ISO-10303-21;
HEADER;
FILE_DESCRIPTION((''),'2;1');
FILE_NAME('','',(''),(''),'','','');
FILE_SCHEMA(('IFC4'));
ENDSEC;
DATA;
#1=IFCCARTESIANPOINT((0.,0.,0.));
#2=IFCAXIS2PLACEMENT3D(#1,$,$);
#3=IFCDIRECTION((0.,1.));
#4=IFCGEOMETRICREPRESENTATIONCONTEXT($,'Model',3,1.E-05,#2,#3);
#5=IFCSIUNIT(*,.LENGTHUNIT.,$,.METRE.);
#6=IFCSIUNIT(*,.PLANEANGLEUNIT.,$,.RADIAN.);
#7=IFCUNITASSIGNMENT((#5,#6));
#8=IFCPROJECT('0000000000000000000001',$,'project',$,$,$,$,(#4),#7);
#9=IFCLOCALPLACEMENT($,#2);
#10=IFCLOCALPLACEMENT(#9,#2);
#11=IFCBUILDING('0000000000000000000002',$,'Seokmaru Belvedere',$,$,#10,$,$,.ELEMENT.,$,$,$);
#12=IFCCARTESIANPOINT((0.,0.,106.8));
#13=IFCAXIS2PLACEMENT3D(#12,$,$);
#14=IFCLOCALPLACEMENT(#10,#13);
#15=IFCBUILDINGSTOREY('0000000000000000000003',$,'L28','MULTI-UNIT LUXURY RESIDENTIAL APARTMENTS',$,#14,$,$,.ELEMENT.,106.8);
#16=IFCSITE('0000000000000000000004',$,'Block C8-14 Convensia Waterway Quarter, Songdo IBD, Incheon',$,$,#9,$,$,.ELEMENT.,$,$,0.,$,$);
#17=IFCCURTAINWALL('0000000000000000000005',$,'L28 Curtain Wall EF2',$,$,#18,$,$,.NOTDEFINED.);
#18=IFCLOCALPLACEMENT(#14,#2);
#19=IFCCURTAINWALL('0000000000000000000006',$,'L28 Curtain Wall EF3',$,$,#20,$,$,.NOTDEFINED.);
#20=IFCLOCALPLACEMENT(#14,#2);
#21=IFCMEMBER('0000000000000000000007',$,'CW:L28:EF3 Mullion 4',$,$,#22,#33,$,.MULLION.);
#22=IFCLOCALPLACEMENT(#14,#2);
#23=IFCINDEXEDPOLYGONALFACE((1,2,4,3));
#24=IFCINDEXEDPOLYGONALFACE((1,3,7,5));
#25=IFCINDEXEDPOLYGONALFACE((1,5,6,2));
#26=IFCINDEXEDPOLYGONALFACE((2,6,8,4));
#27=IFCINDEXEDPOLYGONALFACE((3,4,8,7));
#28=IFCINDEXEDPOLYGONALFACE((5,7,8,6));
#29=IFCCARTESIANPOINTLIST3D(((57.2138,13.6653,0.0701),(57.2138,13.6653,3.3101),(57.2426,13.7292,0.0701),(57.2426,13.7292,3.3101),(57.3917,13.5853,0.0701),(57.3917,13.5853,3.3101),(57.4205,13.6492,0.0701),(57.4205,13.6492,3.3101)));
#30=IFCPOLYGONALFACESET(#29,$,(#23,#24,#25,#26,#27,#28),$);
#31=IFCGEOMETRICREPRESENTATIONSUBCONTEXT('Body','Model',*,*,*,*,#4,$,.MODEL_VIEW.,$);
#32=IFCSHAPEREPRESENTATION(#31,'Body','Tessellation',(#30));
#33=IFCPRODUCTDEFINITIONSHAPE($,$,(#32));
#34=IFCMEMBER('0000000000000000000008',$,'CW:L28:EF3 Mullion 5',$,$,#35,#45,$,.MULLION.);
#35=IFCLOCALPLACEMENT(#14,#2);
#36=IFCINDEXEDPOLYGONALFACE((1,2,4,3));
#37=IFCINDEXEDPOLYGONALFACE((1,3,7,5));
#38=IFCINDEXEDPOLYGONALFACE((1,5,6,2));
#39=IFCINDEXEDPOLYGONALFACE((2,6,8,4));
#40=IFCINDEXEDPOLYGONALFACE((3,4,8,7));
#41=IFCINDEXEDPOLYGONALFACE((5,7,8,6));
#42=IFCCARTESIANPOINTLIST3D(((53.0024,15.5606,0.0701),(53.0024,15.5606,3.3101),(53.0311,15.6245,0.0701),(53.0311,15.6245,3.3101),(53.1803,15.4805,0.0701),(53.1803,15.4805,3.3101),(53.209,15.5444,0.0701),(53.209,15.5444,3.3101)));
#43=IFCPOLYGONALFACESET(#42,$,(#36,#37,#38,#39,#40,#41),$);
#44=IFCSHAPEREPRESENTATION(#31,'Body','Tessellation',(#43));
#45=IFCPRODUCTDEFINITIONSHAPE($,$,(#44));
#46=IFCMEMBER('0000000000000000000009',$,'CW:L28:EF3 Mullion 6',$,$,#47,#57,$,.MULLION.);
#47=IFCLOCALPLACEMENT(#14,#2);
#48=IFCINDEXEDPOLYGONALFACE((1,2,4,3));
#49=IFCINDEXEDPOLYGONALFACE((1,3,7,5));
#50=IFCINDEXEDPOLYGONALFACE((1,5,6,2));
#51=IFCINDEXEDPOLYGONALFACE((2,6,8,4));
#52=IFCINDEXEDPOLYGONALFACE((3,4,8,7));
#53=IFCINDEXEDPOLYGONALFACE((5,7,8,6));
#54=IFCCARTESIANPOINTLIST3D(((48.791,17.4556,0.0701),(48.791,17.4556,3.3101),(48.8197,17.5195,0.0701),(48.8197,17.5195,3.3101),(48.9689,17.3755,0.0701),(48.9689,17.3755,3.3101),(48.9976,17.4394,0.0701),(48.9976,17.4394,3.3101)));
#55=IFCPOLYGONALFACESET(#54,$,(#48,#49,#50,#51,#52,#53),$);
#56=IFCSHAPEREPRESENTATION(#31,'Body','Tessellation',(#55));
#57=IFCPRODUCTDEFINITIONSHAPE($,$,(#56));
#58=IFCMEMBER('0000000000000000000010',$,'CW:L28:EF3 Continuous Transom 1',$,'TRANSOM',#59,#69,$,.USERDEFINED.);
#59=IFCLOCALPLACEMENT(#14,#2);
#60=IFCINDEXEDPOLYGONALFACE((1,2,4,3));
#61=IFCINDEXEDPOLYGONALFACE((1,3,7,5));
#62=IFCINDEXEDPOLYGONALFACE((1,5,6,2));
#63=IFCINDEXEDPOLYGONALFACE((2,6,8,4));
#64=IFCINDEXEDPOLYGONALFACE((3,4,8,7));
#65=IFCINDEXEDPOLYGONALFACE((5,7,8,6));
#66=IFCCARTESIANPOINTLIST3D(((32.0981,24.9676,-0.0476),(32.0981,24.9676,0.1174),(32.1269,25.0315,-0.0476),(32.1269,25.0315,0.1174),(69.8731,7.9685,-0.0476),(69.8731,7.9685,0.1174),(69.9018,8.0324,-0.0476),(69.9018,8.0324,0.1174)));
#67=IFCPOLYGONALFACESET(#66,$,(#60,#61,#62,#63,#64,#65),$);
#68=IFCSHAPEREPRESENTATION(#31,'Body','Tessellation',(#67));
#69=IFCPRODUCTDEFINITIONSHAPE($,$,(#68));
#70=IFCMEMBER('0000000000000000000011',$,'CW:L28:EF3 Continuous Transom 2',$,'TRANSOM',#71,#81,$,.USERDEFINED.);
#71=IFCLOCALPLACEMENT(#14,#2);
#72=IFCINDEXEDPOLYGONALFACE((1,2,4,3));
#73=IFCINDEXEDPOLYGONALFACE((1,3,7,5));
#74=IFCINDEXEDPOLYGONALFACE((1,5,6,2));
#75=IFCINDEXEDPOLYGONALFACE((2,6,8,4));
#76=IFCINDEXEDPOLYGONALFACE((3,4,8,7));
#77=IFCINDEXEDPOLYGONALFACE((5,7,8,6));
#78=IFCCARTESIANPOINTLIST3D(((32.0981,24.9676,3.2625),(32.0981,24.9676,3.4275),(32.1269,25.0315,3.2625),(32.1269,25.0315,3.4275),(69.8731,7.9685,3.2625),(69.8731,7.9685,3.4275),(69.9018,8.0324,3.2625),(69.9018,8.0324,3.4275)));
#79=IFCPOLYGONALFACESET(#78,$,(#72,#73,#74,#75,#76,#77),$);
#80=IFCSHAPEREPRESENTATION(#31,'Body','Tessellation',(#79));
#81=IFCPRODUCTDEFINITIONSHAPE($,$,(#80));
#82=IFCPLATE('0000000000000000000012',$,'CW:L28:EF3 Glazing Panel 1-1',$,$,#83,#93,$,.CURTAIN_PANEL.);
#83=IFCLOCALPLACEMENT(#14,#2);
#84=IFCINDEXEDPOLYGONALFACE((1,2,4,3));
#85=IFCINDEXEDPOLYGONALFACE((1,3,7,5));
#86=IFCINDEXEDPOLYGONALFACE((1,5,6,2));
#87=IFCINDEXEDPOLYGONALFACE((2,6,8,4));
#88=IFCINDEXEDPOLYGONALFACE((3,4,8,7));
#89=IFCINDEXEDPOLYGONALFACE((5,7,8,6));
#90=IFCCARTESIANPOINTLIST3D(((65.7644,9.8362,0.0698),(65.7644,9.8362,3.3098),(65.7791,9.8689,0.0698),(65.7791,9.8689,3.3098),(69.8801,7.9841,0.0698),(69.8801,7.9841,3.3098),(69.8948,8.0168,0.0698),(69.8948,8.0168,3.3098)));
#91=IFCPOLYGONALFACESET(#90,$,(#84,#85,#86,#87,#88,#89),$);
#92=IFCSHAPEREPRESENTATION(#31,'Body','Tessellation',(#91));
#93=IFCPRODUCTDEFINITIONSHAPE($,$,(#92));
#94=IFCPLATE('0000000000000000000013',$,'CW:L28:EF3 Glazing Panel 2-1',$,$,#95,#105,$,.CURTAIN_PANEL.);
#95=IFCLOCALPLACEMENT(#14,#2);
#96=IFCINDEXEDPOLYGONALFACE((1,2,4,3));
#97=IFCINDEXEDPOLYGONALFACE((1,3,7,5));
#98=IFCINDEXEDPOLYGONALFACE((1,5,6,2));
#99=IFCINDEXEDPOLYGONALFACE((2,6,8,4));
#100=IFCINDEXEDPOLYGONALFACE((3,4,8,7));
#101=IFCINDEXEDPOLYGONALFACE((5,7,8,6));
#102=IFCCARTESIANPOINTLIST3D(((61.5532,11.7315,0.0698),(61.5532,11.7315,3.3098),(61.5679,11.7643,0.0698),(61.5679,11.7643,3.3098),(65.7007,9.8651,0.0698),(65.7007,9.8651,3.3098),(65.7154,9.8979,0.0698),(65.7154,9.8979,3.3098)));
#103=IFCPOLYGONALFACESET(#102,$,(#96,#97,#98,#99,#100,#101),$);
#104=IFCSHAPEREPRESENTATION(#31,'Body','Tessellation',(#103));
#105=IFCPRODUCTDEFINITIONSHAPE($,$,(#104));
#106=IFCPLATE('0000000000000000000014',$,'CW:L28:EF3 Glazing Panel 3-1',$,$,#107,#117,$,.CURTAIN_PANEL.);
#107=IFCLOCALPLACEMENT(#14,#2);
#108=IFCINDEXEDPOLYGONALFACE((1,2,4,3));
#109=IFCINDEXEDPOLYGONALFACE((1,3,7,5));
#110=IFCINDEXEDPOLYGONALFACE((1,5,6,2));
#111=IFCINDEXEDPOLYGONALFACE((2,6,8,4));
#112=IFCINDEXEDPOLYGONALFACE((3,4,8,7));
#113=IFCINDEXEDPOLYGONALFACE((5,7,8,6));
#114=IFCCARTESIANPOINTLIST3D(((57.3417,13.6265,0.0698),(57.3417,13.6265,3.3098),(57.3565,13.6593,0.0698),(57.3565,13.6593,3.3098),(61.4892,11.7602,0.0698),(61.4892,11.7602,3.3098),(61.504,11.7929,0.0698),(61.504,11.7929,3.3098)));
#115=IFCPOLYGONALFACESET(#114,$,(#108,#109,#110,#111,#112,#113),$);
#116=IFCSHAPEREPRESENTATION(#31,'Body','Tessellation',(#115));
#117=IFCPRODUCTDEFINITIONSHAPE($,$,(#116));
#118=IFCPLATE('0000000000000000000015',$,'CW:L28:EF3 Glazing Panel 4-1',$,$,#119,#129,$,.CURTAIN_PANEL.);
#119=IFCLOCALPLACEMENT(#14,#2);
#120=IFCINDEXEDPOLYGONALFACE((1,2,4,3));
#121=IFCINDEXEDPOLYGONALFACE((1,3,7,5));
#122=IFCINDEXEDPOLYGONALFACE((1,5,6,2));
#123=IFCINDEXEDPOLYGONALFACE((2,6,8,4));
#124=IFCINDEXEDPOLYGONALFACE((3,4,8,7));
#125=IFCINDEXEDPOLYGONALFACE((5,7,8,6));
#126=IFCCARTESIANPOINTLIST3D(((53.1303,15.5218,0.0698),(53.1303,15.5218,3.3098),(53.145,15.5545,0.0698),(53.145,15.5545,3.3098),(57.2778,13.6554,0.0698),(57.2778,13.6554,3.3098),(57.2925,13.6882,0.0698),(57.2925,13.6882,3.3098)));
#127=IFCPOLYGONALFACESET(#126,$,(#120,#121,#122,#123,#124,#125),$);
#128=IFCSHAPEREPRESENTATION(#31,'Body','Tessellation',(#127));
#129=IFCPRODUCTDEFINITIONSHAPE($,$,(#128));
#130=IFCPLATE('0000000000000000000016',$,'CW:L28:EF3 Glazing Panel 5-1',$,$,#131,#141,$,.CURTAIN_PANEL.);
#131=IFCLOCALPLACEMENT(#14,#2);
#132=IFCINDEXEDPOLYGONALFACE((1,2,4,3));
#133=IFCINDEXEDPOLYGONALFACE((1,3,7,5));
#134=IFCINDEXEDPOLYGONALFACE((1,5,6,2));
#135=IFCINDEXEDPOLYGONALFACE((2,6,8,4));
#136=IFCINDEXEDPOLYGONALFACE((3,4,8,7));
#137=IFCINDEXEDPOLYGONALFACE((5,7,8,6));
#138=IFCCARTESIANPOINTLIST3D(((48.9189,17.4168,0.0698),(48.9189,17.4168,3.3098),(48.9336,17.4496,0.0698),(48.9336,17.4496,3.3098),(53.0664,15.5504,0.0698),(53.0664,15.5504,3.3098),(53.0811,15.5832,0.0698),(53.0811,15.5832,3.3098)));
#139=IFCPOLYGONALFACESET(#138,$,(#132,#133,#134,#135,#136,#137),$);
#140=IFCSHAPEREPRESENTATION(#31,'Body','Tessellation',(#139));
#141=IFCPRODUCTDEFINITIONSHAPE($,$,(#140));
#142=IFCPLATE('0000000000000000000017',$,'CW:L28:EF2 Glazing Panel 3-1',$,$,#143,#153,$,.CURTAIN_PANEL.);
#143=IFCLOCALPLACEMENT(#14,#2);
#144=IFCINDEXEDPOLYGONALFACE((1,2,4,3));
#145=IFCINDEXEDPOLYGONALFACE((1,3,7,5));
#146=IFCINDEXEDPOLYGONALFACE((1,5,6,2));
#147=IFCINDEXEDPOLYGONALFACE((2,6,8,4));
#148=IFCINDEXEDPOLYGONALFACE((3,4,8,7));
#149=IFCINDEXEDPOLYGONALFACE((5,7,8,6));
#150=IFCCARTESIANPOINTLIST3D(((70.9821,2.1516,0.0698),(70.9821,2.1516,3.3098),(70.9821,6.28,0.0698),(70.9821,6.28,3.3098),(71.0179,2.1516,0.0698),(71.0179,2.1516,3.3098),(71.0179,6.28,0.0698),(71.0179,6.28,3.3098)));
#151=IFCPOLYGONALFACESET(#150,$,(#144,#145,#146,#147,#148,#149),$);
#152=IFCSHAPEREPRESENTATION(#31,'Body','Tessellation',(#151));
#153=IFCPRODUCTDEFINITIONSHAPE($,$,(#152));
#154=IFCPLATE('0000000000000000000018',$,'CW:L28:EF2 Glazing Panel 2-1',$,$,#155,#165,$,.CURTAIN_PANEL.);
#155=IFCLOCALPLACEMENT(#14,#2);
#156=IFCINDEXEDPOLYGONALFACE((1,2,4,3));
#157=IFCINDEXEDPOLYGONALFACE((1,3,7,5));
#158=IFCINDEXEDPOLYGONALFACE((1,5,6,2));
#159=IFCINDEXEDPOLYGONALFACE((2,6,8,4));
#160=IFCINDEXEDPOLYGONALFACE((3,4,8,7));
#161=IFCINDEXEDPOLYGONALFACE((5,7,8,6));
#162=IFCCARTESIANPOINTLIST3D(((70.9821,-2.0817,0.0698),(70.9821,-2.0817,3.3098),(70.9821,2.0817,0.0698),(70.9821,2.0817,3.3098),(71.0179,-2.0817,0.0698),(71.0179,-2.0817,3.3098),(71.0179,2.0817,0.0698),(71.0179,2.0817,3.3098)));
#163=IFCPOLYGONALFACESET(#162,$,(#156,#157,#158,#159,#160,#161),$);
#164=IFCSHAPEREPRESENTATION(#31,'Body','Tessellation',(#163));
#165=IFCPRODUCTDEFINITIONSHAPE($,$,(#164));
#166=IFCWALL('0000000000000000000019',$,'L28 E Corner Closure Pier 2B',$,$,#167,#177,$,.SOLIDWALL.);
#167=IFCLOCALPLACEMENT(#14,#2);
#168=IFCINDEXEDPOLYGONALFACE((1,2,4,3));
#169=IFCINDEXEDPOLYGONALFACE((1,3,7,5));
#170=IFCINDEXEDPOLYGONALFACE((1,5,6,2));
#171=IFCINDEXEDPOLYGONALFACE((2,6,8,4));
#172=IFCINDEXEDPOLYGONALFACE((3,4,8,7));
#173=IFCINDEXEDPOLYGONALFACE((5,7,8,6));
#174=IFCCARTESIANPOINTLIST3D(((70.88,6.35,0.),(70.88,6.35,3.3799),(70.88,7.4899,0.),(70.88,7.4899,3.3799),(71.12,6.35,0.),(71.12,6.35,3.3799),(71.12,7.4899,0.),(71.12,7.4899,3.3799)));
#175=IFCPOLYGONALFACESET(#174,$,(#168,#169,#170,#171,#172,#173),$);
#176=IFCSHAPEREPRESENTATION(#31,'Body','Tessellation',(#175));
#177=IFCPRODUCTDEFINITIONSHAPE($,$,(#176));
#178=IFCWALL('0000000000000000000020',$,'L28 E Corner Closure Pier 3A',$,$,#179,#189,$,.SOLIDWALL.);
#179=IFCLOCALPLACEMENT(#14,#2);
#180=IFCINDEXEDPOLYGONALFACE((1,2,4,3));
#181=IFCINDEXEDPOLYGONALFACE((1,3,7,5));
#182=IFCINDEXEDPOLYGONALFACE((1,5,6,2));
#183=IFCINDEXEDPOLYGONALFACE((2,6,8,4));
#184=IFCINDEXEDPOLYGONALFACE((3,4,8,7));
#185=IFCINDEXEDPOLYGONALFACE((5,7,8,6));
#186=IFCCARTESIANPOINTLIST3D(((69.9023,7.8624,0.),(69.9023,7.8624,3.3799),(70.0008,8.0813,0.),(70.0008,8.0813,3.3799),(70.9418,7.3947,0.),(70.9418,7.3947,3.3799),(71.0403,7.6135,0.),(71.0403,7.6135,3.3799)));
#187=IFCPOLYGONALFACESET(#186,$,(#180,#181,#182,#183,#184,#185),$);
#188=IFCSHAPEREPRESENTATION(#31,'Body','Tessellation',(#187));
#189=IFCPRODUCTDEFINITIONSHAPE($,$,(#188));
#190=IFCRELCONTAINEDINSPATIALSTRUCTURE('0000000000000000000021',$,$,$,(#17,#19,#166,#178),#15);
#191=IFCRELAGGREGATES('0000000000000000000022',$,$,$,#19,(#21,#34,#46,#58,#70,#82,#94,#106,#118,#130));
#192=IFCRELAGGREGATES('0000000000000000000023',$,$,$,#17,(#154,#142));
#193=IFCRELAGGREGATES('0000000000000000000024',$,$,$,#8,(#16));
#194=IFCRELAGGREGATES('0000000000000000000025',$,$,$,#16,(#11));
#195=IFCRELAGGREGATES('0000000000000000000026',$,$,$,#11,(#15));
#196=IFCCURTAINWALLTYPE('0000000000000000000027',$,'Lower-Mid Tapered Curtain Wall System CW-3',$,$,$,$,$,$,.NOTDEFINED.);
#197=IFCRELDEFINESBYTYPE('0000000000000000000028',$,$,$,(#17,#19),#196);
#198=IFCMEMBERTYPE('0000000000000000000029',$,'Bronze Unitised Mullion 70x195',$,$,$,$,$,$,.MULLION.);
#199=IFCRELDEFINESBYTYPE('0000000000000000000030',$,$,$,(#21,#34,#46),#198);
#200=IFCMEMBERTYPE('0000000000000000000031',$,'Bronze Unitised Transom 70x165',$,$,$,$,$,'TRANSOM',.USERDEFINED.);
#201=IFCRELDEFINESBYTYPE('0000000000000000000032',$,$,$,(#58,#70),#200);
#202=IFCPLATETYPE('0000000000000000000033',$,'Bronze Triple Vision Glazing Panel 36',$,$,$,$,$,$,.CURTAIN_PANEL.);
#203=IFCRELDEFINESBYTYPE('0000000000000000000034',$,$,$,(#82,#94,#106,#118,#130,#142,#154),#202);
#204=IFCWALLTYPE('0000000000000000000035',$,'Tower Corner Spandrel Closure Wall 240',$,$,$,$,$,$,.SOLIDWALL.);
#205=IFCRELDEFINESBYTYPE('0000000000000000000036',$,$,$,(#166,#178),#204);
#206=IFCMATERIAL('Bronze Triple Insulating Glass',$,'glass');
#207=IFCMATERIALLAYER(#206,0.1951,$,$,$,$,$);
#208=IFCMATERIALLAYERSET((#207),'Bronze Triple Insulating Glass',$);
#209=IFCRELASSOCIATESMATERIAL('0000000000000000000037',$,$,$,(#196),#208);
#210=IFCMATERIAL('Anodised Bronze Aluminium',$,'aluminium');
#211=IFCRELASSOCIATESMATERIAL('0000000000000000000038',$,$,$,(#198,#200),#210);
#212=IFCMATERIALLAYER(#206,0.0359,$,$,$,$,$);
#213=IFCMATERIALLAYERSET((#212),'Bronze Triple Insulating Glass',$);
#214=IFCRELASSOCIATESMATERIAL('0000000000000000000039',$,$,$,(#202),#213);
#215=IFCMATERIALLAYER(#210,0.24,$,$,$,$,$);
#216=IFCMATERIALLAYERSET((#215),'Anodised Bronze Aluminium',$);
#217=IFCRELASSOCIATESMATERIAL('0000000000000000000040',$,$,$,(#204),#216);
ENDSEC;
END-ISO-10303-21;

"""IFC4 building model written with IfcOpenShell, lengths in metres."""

from ifc_helpers import new_model, si_unit, direction, frame, frame_2d, origin, origin_2d, place, context, subcontext, project, spatial, rectangle, extrude, source, transform, mapped, material, layer, layer_set, material_profile, profile_set, type_object, type_shapes, element, aggregate, save


model = new_model("IFC4")

# Units and contexts
model_context = context("Model", 3, precision=1e-05, world=origin(), true_north=direction((0.0, 1.0)))
body_context = subcontext(model_context, "Body", "Model", "MODEL_VIEW")
ifc_project = project(units=[si_unit("LENGTHUNIT", "METRE"), si_unit("PLANEANGLEUNIT", "RADIAN")], contexts=[model_context])

# Site, building, storey
site_placement = place(None, origin())
site = spatial("IfcSite", under=ifc_project, at=site_placement, Name="Block C8-14 Convensia Waterway Quarter, Songdo IBD, Incheon", CompositionType="ELEMENT", RefElevation=0.0)
building_placement = place(site_placement, origin())
building = spatial("IfcBuilding", under=site, at=building_placement, Name="Seokmaru Belvedere", CompositionType="ELEMENT")
storey_placement = place(building_placement, frame((0.0, 0.0, 106.8)))
storey = spatial("IfcBuildingStorey", under=building, at=storey_placement, Name="L28", Description="MULTI-UNIT LUXURY RESIDENTIAL APARTMENTS", CompositionType="ELEMENT", Elevation=106.8)

# Curtain walls
ifc_material_1 = material(Name="Bronze Triple Insulating Glass", Category="glass")
ifc_layer_1 = layer(ifc_material_1, 0.1951)
ifc_layer_set_1 = layer_set([ifc_layer_1], Name="Bronze Triple Insulating Glass")
curtain_wall_type = type_object("IfcCurtainWallType", Name="Lower-Mid Tapered Curtain Wall System CW-3", PredefinedType="NOTDEFINED", material=ifc_layer_set_1)
curtain_wall_1_placement = place(storey_placement, origin())
curtain_wall_1 = element("IfcCurtainWall", 1, at=curtain_wall_1_placement, inside=storey, type_object=curtain_wall_type, Name="L28 Curtain Wall EF2", PredefinedType="NOTDEFINED")
ifc_material_2 = material(Name="Anodised Bronze Aluminium", Category="aluminium")
ifc_material_profile_1 = material_profile(ifc_material_2, rectangle(XDim=0.0701, YDim=0.1951, at=origin_2d()), Name="CW-M-70x195")
ifc_profile_set_1 = profile_set([ifc_material_profile_1], Name="Anodised Bronze Aluminium")
member_type_1 = type_object("IfcMemberType", Name="Bronze Unitised Mullion 70x195", PredefinedType="MULLION", material=ifc_profile_set_1)
curtain_wall_2_placement = place(storey_placement, origin())
curtain_wall_2 = element("IfcCurtainWall", 2, at=curtain_wall_2_placement, inside=storey, type_object=curtain_wall_type, Name="L28 Curtain Wall EF3", PredefinedType="NOTDEFINED")

# Members
shared_shape_1 = source(origin(), body_context, "Body", "SweptSolid", [
    extrude(rectangle(XDim=0.0701, YDim=0.1951, at=origin_2d()), origin(), (0.0, 0.0, 1.0), 3.24),
])
member_1_placement = place(storey_placement, frame((57.3171, 13.6572, 0.0701), z_axis=(0.0, 0.0, 1.0), x_axis=(-0.410366, -0.911921, 0.0)))
member_1 = element("IfcMember", 3, at=member_1_placement, type_object=member_type_1, Name="CW:L28:EF3 Mullion 4", PredefinedType="MULLION", context=body_context, shape_type="MappedRepresentation", body=[
    mapped(shared_shape_1, transform((0.0, 0.0, 0.0), scale=1.0)),
])
member_2_placement = place(storey_placement, frame((53.1057, 15.5525, 0.0701), z_axis=(0.0, 0.0, 1.0), x_axis=(-0.410366, -0.911921, 0.0)))
member_2 = element("IfcMember", 4, at=member_2_placement, type_object=member_type_1, Name="CW:L28:EF3 Mullion 5", PredefinedType="MULLION", context=body_context, shape_type="MappedRepresentation", body=[
    mapped(shared_shape_1, transform((0.0, 0.0, 0.0), scale=1.0)),
])
member_3_placement = place(storey_placement, frame((48.8943, 17.4475, 0.0701), z_axis=(0.0, 0.0, 1.0), x_axis=(-0.410366, -0.911921, 0.0)))
member_3 = element("IfcMember", 5, at=member_3_placement, type_object=member_type_1, Name="CW:L28:EF3 Mullion 6", PredefinedType="MULLION", context=body_context, shape_type="MappedRepresentation", body=[
    mapped(shared_shape_1, transform((0.0, 0.0, 0.0), scale=1.0)),
])
ifc_material_profile_2 = material_profile(ifc_material_2, rectangle(XDim=0.0701, YDim=0.165, at=origin_2d()), Name="CW-T-70x165")
ifc_profile_set_2 = profile_set([ifc_material_profile_2], Name="Anodised Bronze Aluminium")
member_type_2 = type_object("IfcMemberType", Name="Bronze Unitised Transom 70x165", ElementType="TRANSOM", PredefinedType="USERDEFINED", material=ifc_profile_set_2)
shared_shape_2 = source(origin(), body_context, "Body", "SweptSolid", [
    extrude(rectangle(XDim=0.0701, YDim=0.165, at=origin_2d()), origin(), (0.0, 0.0, 1.0), 41.4236),
])
type_shapes(member_type_2, [shared_shape_2])
member_4_placement = place(storey_placement, frame((69.8875, 8.0005, 0.0349), z_axis=(-0.911919, 0.410371, 0.0), x_axis=(-0.410371, -0.911919, 0.0)))
member_4 = element("IfcMember", 6, at=member_4_placement, type_object=member_type_2, Name="CW:L28:EF3 Continuous Transom 1", ObjectType="TRANSOM", PredefinedType="USERDEFINED", context=body_context, shape_type="MappedRepresentation", body=[
    mapped(shared_shape_2, transform((0.0, 0.0, 0.0), scale=1.0)),
])
member_5_placement = place(storey_placement, frame((69.8875, 8.0005, 3.345), z_axis=(-0.911919, 0.410371, 0.0), x_axis=(-0.410371, -0.911919, 0.0)))
member_5 = element("IfcMember", 7, at=member_5_placement, type_object=member_type_2, Name="CW:L28:EF3 Continuous Transom 2", ObjectType="TRANSOM", PredefinedType="USERDEFINED", context=body_context, shape_type="MappedRepresentation", body=[
    mapped(shared_shape_2, transform((0.0, 0.0, 0.0), scale=1.0)),
])

# Plates
ifc_layer_2 = layer(ifc_material_1, 0.0359)
ifc_layer_set_2 = layer_set([ifc_layer_2], Name="Bronze Triple Insulating Glass")
plate_type = type_object("IfcPlateType", Name="Bronze Triple Vision Glazing Panel 36", PredefinedType="CURTAIN_PANEL", material=ifc_layer_set_2)
shared_shape_3 = source(origin(), body_context, "Body", "SweptSolid", [
    extrude(rectangle(XDim=4.5132, YDim=0.0359, at=origin_2d()), origin(), (0.0, 0.0, 1.0), 3.24),
])
plate_1_placement = place(storey_placement, frame((67.8296, 8.9265, 0.0698), z_axis=(0.0, 0.0, 1.0), x_axis=(-0.911921, 0.410366, 0.0)))
plate_1 = element("IfcPlate", 8, at=plate_1_placement, type_object=plate_type, Name="CW:L28:EF3 Glazing Panel 1-1", PredefinedType="CURTAIN_PANEL", context=body_context, shape_type="MappedRepresentation", body=[
    mapped(shared_shape_3, transform((0.0, 0.0, 0.0), scale=1.0)),
])
shared_shape_4 = source(origin(), body_context, "Body", "SweptSolid", [
    extrude(rectangle(XDim=4.5481, YDim=0.0359, at=origin_2d()), origin(), (0.0, 0.0, 1.0), 3.24),
])
plate_2_placement = place(storey_placement, frame((63.6343, 10.8147, 0.0698), z_axis=(0.0, 0.0, 1.0), x_axis=(-0.911921, 0.410366, 0.0)))
plate_2 = element("IfcPlate", 9, at=plate_2_placement, type_object=plate_type, Name="CW:L28:EF3 Glazing Panel 2-1", PredefinedType="CURTAIN_PANEL", context=body_context, shape_type="MappedRepresentation", body=[
    mapped(shared_shape_4, transform((0.0, 0.0, 0.0), scale=1.0)),
])
plate_3_placement = place(storey_placement, frame((59.4229, 12.7097, 0.0698), z_axis=(0.0, 0.0, 1.0), x_axis=(-0.911921, 0.410366, 0.0)))
plate_3 = element("IfcPlate", 10, at=plate_3_placement, type_object=plate_type, Name="CW:L28:EF3 Glazing Panel 3-1", PredefinedType="CURTAIN_PANEL", context=body_context, shape_type="MappedRepresentation", body=[
    mapped(shared_shape_4, transform((0.0, 0.0, 0.0), scale=1.0)),
])
plate_4_placement = place(storey_placement, frame((55.2114, 14.605, 0.0698), z_axis=(0.0, 0.0, 1.0), x_axis=(-0.911921, 0.410366, 0.0)))
plate_4 = element("IfcPlate", 11, at=plate_4_placement, type_object=plate_type, Name="CW:L28:EF3 Glazing Panel 4-1", PredefinedType="CURTAIN_PANEL", context=body_context, shape_type="MappedRepresentation", body=[
    mapped(shared_shape_4, transform((0.0, 0.0, 0.0), scale=1.0)),
])
plate_5_placement = place(storey_placement, frame((51.0, 16.5, 0.0698), z_axis=(0.0, 0.0, 1.0), x_axis=(-0.911921, 0.410366, 0.0)))
plate_5 = element("IfcPlate", 12, at=plate_5_placement, type_object=plate_type, Name="CW:L28:EF3 Glazing Panel 5-1", PredefinedType="CURTAIN_PANEL", context=body_context, shape_type="MappedRepresentation", body=[
    mapped(shared_shape_4, transform((0.0, 0.0, 0.0), scale=1.0)),
])
aggregate(curtain_wall_2, [member_1, member_2, member_3, member_4, member_5, plate_1, plate_2, plate_3, plate_4, plate_5])
shared_shape_5 = source(origin(), body_context, "Body", "SweptSolid", [
    extrude(rectangle(XDim=4.1284, YDim=0.0359, at=origin_2d()), origin(), (0.0, 0.0, 1.0), 3.24),
])
plate_6_placement = place(storey_placement, frame((71.0, 4.2158, 0.0698), z_axis=(0.0, 0.0, 1.0), x_axis=(0.0, 1.0, 0.0)))
plate_6 = element("IfcPlate", 13, at=plate_6_placement, type_object=plate_type, Name="CW:L28:EF2 Glazing Panel 3-1", PredefinedType="CURTAIN_PANEL", context=body_context, shape_type="MappedRepresentation", body=[
    mapped(shared_shape_5, transform((0.0, 0.0, 0.0), scale=1.0)),
])
shared_shape_6 = source(origin(), body_context, "Body", "SweptSolid", [
    extrude(rectangle(XDim=4.1633, YDim=0.0359, at=origin_2d()), origin(), (0.0, 0.0, 1.0), 3.24),
])
type_shapes(plate_type, [shared_shape_3, shared_shape_4, shared_shape_5, shared_shape_6])
plate_7_placement = place(storey_placement, frame((71.0, 0.0, 0.0698), z_axis=(0.0, 0.0, 1.0), x_axis=(0.0, 1.0, 0.0)))
plate_7 = element("IfcPlate", 14, at=plate_7_placement, type_object=plate_type, Name="CW:L28:EF2 Glazing Panel 2-1", PredefinedType="CURTAIN_PANEL", context=body_context, shape_type="MappedRepresentation", body=[
    mapped(shared_shape_6, transform((0.0, 0.0, 0.0), scale=1.0)),
])
aggregate(curtain_wall_1, [plate_7, plate_6])

# Walls
ifc_layer_3 = layer(ifc_material_2, 0.24)
ifc_layer_set_3 = layer_set([ifc_layer_3], Name="Anodised Bronze Aluminium")
wall_type = type_object("IfcWallType", Name="Tower Corner Spandrel Closure Wall 240", PredefinedType="SOLIDWALL", material=ifc_layer_set_3)
for number, where, z_axis, x_axis, name in (
    (15, (71.0, 6.3501, 0.0), (0.0, 0.0, 1.0), (0.0, 1.0, 0.0), "L28 E Corner Closure Pier 2B"),
    (16, (70.991, 7.5042, 0.0), (0.0, 0.0, 1.0), (-0.91193, 0.410347, 0.0), "L28 E Corner Closure Pier 3A"),
):
    element("IfcWall", number, at=place(storey_placement, frame(where, z_axis=z_axis, x_axis=x_axis)), inside=storey, type_object=wall_type, Name=name, PredefinedType="SOLIDWALL", context=body_context, shape_type="SweptSolid", body=[
        extrude(rectangle(XDim=1.1399, YDim=0.24, at=frame_2d((0.5698, 0.0))), origin(), (0.0, 0.0, 1.0), 3.3799),
    ])

save(model, "model.ifc")
